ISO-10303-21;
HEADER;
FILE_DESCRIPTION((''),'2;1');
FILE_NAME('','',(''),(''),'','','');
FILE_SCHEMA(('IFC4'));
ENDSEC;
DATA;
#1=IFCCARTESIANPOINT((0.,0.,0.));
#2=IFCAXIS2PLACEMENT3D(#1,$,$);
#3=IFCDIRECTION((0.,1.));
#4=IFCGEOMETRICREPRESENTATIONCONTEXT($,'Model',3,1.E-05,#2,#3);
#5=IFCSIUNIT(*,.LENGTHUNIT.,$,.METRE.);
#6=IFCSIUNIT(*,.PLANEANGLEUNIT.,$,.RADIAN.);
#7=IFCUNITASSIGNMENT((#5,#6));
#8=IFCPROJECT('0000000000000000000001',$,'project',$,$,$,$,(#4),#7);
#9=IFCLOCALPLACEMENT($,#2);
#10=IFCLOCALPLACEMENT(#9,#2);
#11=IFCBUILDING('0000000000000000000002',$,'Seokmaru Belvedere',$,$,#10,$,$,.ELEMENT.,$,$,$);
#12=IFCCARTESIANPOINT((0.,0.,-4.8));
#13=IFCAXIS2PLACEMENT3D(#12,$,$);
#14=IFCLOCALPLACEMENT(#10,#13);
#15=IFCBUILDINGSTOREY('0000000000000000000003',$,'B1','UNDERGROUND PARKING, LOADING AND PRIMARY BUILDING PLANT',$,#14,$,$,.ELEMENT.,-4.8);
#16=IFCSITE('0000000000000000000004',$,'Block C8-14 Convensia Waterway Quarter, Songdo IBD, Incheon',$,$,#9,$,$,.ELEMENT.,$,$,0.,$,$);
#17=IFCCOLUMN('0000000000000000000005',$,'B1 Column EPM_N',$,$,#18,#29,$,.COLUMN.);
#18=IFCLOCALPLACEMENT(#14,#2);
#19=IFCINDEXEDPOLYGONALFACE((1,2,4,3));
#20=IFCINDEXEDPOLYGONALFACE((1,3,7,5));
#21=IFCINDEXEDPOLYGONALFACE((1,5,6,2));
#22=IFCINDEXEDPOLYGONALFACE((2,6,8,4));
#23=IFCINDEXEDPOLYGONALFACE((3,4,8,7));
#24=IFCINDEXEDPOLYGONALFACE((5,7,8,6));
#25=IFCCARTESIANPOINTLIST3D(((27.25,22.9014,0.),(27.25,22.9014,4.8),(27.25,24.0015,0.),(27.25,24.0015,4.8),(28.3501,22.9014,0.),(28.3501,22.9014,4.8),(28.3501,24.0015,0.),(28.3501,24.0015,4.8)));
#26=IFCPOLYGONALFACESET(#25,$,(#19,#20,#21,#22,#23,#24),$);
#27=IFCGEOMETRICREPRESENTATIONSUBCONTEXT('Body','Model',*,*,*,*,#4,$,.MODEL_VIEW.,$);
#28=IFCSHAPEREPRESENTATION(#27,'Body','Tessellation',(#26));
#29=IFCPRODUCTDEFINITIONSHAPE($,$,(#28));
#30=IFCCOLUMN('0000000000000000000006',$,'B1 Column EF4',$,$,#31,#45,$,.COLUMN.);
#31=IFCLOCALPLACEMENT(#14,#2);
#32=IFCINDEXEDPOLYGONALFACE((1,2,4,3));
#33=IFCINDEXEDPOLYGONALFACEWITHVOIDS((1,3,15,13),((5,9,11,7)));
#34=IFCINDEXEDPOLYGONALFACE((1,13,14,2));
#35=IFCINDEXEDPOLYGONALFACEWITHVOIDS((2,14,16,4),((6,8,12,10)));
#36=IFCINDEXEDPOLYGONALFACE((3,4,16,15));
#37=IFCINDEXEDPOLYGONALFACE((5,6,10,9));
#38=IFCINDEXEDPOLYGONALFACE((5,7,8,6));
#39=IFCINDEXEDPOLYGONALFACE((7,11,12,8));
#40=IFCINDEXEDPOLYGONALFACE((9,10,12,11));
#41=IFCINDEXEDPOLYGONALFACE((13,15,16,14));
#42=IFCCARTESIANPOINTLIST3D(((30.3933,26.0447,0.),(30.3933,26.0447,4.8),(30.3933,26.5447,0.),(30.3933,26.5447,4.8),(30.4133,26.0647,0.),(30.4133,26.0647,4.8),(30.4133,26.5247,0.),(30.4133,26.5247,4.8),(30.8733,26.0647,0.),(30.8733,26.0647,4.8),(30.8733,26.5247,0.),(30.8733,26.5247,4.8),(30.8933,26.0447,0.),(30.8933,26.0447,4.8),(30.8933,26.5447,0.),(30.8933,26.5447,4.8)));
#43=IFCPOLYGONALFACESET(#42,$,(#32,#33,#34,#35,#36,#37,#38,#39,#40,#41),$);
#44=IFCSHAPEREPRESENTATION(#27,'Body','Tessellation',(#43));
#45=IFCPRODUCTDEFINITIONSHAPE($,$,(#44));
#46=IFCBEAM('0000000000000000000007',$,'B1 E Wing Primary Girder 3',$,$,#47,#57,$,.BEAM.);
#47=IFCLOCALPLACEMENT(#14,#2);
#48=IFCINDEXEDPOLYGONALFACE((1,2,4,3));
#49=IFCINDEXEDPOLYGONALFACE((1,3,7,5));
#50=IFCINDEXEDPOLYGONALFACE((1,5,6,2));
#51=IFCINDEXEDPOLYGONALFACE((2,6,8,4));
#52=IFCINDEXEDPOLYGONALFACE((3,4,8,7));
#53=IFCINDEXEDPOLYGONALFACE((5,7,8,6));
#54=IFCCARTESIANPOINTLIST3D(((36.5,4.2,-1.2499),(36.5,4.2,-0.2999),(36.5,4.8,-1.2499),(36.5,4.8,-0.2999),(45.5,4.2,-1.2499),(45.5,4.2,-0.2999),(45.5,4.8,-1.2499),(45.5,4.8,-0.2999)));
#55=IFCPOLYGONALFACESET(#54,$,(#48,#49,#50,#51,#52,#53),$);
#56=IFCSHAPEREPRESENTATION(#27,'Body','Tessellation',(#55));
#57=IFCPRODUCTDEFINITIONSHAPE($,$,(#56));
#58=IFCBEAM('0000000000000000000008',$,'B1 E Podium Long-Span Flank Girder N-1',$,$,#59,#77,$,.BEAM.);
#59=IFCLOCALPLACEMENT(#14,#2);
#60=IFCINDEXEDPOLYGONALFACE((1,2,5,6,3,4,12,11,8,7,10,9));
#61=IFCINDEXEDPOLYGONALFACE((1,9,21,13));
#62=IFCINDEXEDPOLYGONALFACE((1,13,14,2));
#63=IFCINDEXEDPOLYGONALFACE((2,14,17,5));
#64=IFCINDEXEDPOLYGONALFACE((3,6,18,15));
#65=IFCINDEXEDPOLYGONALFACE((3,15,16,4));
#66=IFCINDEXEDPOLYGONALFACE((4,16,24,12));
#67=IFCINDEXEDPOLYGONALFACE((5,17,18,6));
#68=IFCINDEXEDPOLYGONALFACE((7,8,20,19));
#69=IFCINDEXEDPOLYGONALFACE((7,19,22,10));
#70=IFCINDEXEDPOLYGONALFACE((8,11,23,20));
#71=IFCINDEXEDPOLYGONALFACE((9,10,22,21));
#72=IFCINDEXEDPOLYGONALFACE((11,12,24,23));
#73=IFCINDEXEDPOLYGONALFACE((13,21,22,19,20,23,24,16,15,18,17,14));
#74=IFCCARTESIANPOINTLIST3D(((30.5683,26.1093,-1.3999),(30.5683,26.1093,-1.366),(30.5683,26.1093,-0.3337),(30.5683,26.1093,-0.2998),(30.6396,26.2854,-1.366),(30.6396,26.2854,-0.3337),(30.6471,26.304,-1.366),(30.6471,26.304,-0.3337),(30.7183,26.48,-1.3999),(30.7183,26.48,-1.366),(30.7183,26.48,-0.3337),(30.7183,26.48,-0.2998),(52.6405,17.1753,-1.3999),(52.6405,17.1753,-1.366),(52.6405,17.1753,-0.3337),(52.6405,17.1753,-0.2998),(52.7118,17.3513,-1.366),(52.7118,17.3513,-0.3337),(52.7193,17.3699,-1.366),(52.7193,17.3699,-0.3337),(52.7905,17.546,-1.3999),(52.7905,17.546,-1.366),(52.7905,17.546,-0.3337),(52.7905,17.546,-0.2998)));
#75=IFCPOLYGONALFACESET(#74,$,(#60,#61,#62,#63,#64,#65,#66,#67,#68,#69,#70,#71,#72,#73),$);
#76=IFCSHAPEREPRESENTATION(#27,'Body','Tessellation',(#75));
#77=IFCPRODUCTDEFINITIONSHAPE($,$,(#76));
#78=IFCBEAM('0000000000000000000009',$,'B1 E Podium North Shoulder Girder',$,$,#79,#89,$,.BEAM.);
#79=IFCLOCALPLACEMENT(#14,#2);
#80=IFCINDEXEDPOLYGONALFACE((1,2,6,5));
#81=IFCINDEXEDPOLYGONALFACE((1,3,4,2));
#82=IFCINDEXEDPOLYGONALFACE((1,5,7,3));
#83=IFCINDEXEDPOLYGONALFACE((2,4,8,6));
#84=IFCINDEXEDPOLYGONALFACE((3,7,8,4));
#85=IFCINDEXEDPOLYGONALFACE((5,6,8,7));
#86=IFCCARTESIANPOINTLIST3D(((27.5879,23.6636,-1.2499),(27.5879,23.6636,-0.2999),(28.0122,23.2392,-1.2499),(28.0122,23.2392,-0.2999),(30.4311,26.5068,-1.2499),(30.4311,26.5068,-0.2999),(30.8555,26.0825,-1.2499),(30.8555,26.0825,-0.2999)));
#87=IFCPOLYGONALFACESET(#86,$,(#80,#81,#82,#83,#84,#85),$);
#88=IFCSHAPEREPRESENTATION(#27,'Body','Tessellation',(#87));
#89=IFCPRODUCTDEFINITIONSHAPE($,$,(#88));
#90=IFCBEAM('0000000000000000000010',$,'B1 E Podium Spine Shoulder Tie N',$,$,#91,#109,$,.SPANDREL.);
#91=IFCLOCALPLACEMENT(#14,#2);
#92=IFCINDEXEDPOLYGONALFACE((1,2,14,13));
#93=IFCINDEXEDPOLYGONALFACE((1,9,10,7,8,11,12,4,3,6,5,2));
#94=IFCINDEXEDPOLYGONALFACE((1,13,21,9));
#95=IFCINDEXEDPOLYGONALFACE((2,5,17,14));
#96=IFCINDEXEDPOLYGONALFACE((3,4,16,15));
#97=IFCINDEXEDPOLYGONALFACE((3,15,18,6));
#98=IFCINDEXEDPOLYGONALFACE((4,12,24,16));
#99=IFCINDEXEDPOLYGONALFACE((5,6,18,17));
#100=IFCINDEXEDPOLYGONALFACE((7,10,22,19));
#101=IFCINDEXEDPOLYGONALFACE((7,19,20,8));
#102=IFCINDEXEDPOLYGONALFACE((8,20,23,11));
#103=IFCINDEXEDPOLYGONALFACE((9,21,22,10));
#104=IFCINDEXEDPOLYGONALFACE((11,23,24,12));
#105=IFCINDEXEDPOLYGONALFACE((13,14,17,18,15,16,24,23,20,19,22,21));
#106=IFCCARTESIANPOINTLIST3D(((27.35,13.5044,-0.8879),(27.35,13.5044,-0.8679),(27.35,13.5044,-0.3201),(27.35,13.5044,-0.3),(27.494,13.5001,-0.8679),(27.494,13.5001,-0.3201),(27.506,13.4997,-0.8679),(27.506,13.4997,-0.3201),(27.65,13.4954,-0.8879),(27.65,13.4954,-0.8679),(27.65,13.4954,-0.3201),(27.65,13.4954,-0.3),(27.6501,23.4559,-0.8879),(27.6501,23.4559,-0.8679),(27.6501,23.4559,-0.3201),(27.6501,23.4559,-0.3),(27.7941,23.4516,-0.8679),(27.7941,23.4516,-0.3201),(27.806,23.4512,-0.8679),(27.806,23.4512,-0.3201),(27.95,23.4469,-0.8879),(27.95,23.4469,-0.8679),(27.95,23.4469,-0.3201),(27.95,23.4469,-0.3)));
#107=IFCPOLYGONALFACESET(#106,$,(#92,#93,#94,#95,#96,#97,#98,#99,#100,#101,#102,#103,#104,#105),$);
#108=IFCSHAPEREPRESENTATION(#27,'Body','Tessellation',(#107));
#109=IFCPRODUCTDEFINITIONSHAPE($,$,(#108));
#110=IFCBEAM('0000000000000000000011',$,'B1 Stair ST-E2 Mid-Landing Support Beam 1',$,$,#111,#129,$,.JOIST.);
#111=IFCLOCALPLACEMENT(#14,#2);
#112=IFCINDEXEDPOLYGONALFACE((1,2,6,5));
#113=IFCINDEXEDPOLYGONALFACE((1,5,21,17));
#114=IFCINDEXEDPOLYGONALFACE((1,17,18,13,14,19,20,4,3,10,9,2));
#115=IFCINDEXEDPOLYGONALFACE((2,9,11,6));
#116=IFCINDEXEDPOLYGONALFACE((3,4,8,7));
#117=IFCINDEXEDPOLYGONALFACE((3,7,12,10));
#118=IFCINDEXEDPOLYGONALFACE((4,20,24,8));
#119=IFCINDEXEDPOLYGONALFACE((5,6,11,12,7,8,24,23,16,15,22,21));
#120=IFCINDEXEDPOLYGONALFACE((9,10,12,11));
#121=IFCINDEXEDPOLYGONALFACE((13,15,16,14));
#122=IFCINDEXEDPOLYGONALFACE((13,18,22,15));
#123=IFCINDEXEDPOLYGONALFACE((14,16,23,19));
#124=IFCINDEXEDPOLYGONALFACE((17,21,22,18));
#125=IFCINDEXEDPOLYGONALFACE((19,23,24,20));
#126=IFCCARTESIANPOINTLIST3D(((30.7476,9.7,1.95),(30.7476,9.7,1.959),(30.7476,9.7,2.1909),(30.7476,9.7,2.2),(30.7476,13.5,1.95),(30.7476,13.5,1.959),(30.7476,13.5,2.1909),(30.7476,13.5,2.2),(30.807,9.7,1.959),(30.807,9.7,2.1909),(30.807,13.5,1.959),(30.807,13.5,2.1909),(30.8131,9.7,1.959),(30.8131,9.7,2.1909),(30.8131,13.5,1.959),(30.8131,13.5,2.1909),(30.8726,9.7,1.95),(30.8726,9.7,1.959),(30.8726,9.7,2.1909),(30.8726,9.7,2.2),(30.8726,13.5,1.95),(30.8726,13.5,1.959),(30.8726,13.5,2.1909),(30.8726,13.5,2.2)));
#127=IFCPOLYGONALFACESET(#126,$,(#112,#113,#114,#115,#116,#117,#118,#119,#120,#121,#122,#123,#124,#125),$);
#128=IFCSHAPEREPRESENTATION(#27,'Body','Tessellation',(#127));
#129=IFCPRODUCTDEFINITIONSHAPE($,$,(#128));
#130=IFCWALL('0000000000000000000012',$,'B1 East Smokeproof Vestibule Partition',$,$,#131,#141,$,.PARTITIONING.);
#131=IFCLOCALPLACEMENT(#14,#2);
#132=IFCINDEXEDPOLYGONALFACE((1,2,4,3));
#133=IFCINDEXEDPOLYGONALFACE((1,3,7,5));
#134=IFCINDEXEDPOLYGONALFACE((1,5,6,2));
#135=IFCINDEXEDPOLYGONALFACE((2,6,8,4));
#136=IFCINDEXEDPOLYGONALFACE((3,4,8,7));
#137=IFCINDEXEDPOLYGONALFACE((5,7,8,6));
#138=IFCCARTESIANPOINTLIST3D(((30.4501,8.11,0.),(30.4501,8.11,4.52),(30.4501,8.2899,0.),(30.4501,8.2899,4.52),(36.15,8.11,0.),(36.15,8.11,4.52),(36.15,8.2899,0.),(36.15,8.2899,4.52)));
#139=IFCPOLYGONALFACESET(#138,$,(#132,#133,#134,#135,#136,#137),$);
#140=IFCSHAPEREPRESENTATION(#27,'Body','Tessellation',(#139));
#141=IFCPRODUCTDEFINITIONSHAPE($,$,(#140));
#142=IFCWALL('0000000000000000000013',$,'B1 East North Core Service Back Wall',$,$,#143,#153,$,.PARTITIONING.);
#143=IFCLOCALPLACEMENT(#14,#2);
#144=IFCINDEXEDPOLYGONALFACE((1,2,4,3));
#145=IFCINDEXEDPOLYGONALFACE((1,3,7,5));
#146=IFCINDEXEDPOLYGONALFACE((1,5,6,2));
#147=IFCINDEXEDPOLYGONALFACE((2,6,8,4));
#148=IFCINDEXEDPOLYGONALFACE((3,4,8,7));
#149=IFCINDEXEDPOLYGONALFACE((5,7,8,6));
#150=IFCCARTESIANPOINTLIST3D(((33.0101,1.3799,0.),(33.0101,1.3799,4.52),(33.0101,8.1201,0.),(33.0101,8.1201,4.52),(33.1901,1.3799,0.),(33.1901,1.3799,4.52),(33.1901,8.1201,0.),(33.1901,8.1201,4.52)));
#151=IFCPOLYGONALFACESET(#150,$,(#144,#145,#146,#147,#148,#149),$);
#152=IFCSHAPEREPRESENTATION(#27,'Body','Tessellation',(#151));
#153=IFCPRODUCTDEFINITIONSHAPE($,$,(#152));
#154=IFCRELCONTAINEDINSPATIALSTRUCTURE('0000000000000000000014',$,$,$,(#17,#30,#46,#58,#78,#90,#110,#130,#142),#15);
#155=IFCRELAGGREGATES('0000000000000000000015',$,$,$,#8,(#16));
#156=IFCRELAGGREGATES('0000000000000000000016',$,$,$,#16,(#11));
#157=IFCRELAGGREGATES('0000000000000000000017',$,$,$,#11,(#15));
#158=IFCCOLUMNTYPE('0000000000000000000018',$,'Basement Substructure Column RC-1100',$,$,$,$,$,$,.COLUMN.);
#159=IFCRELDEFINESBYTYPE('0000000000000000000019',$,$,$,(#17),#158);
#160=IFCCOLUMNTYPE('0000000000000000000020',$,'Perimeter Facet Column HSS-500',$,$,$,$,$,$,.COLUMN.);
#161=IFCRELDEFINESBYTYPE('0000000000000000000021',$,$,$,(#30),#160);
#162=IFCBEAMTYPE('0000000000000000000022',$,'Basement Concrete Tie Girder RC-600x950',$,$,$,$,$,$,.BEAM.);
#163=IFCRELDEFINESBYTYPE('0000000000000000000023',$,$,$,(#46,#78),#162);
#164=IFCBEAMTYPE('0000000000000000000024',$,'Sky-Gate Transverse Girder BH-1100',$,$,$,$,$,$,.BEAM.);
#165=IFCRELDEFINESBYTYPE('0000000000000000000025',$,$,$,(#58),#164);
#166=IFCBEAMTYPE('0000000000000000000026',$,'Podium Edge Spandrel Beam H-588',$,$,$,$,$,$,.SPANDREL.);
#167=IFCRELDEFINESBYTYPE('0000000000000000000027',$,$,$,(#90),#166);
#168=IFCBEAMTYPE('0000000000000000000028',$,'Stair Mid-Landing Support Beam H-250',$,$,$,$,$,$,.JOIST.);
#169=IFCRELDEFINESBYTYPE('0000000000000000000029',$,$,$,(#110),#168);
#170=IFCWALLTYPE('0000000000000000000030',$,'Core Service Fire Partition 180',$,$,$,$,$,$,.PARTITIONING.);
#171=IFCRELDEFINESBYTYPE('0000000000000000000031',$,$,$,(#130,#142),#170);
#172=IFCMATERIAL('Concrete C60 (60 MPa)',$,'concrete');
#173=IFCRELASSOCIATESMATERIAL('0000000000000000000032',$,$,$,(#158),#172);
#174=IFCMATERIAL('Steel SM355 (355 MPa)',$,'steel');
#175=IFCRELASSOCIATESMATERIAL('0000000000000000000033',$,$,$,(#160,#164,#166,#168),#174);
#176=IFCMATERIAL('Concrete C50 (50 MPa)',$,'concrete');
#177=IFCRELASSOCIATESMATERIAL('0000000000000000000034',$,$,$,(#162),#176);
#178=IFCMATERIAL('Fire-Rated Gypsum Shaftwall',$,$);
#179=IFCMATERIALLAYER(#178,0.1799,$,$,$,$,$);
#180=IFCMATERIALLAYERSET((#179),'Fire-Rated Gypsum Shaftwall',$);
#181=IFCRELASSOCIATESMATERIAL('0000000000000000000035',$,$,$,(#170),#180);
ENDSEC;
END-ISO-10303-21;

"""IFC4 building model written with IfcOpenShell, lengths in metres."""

from ifc_helpers import new_model, si_unit, direction, frame, frame_2d, origin, origin_2d, place, context, subcontext, project, spatial, rectangle, hollow_rectangle, i_section, extrude, source, transform, mapped, material, layer, layer_set, material_profile, profile_set, type_object, type_shapes, element, save


model = new_model("IFC4")

# Units and contexts
model_context = context("Model", 3, precision=1e-05, world=origin(), true_north=direction((0.0, 1.0)))
body_context = subcontext(model_context, "Body", "Model", "MODEL_VIEW")
ifc_project = project(units=[si_unit("LENGTHUNIT", "METRE"), si_unit("PLANEANGLEUNIT", "RADIAN")], contexts=[model_context])

# Site, building, storey
site_placement = place(None, origin())
site = spatial("IfcSite", under=ifc_project, at=site_placement, Name="Block C8-14 Convensia Waterway Quarter, Songdo IBD, Incheon", CompositionType="ELEMENT", RefElevation=0.0)
building_placement = place(site_placement, origin())
building = spatial("IfcBuilding", under=site, at=building_placement, Name="Seokmaru Belvedere", CompositionType="ELEMENT")
storey_placement = place(building_placement, frame((0.0, 0.0, -4.8)))
storey = spatial("IfcBuildingStorey", under=building, at=storey_placement, Name="B1", Description="UNDERGROUND PARKING, LOADING AND PRIMARY BUILDING PLANT", CompositionType="ELEMENT", Elevation=-4.8)

# Columns
ifc_material_1 = material(Name="Concrete C60 (60 MPa)", Category="concrete")
ifc_material_profile_1 = material_profile(ifc_material_1, rectangle(XDim=1.1001, YDim=1.1001, at=origin_2d()), Name="RC-1100x1100")
ifc_profile_set_1 = profile_set([ifc_material_profile_1], Name="Concrete C60 (60 MPa)")
column_type_1 = type_object("IfcColumnType", Name="Basement Substructure Column RC-1100", PredefinedType="COLUMN", material=ifc_profile_set_1)
shared_shape_1 = source(origin(), body_context, "Body", "SweptSolid", [
    extrude(rectangle(XDim=1.1001, YDim=1.1001, at=origin_2d()), origin(), (0.0, 0.0, 1.0), 4.8),
])
type_shapes(column_type_1, [shared_shape_1])
column_1_placement = place(storey_placement, frame((27.8, 23.4514, 0.0), z_axis=(0.0, 0.0, 1.0), x_axis=(1.0, 0.0, 0.0)))
element("IfcColumn", 1, at=column_1_placement, inside=storey, type_object=column_type_1, Name="B1 Column EPM_N", PredefinedType="COLUMN", context=body_context, shape_type="MappedRepresentation", body=[
    mapped(shared_shape_1, transform((0.0, 0.0, 0.0), scale=1.0)),
])
ifc_material_2 = material(Name="Steel SM355 (355 MPa)", Category="steel")
ifc_material_profile_2 = material_profile(ifc_material_2, hollow_rectangle(XDim=0.5, YDim=0.5, WallThickness=0.02, at=origin_2d()), Name="HSS-500x500x20")
ifc_profile_set_2 = profile_set([ifc_material_profile_2], Name="Steel SM355 (355 MPa)")
column_type_2 = type_object("IfcColumnType", Name="Perimeter Facet Column HSS-500", PredefinedType="COLUMN", material=ifc_profile_set_2)
shared_shape_2 = source(origin(), body_context, "Body", "SweptSolid", [
    extrude(hollow_rectangle(XDim=0.5, YDim=0.5, WallThickness=0.02, at=origin_2d()), origin(), (0.0, 0.0, 1.0), 4.8),
])
type_shapes(column_type_2, [shared_shape_2])
column_2_placement = place(storey_placement, frame((30.6433, 26.2947, 0.0), z_axis=(0.0, 0.0, 1.0), x_axis=(1.0, 0.0, 0.0)))
element("IfcColumn", 2, at=column_2_placement, inside=storey, type_object=column_type_2, Name="B1 Column EF4", PredefinedType="COLUMN", context=body_context, shape_type="MappedRepresentation", body=[
    mapped(shared_shape_2, transform((0.0, 0.0, 0.0), scale=1.0)),
])

# Beams
ifc_material_3 = material(Name="Concrete C50 (50 MPa)", Category="concrete")
ifc_material_profile_3 = material_profile(ifc_material_3, rectangle(XDim=0.6001, YDim=0.95, at=origin_2d()), Name="RC-600x950")
ifc_profile_set_3 = profile_set([ifc_material_profile_3], Name="Concrete C50 (50 MPa)")
beam_type_1 = type_object("IfcBeamType", Name="Basement Concrete Tie Girder RC-600x950", PredefinedType="BEAM", material=ifc_profile_set_3)
shared_shape_3 = source(origin(), body_context, "Body", "SweptSolid", [
    extrude(rectangle(XDim=0.6001, YDim=0.95, at=origin_2d()), origin(), (0.0, 0.0, 1.0), 9.0),
])
beam_1_placement = place(storey_placement, frame((36.5, 4.5, -0.7749), z_axis=(1.0, 0.0, 0.0), x_axis=(0.0, 1.0, 0.0)))
element("IfcBeam", 3, at=beam_1_placement, inside=storey, type_object=beam_type_1, Name="B1 E Wing Primary Girder 3", PredefinedType="BEAM", context=body_context, shape_type="MappedRepresentation", body=[
    mapped(shared_shape_3, transform((0.0, 0.0, 0.0), scale=1.0)),
])
ifc_material_profile_4 = material_profile(ifc_material_2, i_section(OverallWidth=0.3999, OverallDepth=1.1001, WebThickness=0.02, FlangeThickness=0.0339, at=origin_2d()), Name="BH-1100x400x20x34")
ifc_profile_set_4 = profile_set([ifc_material_profile_4], Name="Steel SM355 (355 MPa)")
beam_type_2 = type_object("IfcBeamType", Name="Sky-Gate Transverse Girder BH-1100", PredefinedType="BEAM", material=ifc_profile_set_4)
shared_shape_4 = source(origin(), body_context, "Body", "SweptSolid", [
    extrude(i_section(OverallWidth=0.3999, OverallDepth=1.1001, WebThickness=0.02, FlangeThickness=0.0339, at=origin_2d()), origin(), (0.0, 0.0, 1.0), 23.8118),
])
type_shapes(beam_type_2, [shared_shape_4])
beam_2_placement = place(storey_placement, frame((30.6433, 26.2947, -0.8499), z_axis=(0.926946, -0.375195, 0.0), x_axis=(0.375195, 0.926946, 0.0)))
element("IfcBeam", 4, at=beam_2_placement, inside=storey, type_object=beam_type_2, Name="B1 E Podium Long-Span Flank Girder N-1", PredefinedType="BEAM", context=body_context, shape_type="MappedRepresentation", body=[
    mapped(shared_shape_4, transform((0.0, 0.0, 0.0), scale=1.0)),
])
shared_shape_5 = source(origin(), body_context, "Body", "SweptSolid", [
    extrude(rectangle(XDim=0.6001, YDim=0.95, at=origin_2d()), origin(), (0.0, 0.0, 1.0), 4.021),
])
type_shapes(beam_type_1, [shared_shape_3, shared_shape_5])
beam_3_placement = place(storey_placement, frame((30.6433, 26.2947, -0.7749), z_axis=(-0.707107, -0.707107, 0.0), x_axis=(0.707107, -0.707107, 0.0)))
element("IfcBeam", 5, at=beam_3_placement, inside=storey, type_object=beam_type_1, Name="B1 E Podium North Shoulder Girder", PredefinedType="BEAM", context=body_context, shape_type="MappedRepresentation", body=[
    mapped(shared_shape_5, transform((0.0, 0.0, 0.0), scale=1.0)),
])
ifc_material_profile_5 = material_profile(ifc_material_2, i_section(OverallWidth=0.3, OverallDepth=0.5879, WebThickness=0.012, FlangeThickness=0.02, at=origin_2d()), Name="H-588x300x12x20")
ifc_profile_set_5 = profile_set([ifc_material_profile_5], Name="Steel SM355 (355 MPa)")
beam_type_3 = type_object("IfcBeamType", Name="Podium Edge Spandrel Beam H-588", PredefinedType="SPANDREL", material=ifc_profile_set_5)
shared_shape_6 = source(origin(), body_context, "Body", "SweptSolid", [
    extrude(i_section(OverallWidth=0.3, OverallDepth=0.5879, WebThickness=0.012, FlangeThickness=0.02, at=origin_2d()), origin(), (0.0, 0.0, 1.0), 9.9561),
])
type_shapes(beam_type_3, [shared_shape_6])
beam_4_placement = place(storey_placement, frame((27.8, 23.4514, -0.594), z_axis=(-0.030138, -0.999546, 0.0), x_axis=(0.999546, -0.030138, 0.0)))
element("IfcBeam", 6, at=beam_4_placement, inside=storey, type_object=beam_type_3, Name="B1 E Podium Spine Shoulder Tie N", PredefinedType="SPANDREL", context=body_context, shape_type="MappedRepresentation", body=[
    mapped(shared_shape_6, transform((0.0, 0.0, 0.0), scale=1.0)),
])
ifc_material_profile_6 = material_profile(ifc_material_2, i_section(OverallWidth=0.125, OverallDepth=0.25, WebThickness=0.0061, FlangeThickness=0.009, at=origin_2d()), Name="H-250x125x6x9")
ifc_profile_set_6 = profile_set([ifc_material_profile_6], Name="Steel SM355 (355 MPa)")
beam_type_4 = type_object("IfcBeamType", Name="Stair Mid-Landing Support Beam H-250", PredefinedType="JOIST", material=ifc_profile_set_6)
shared_shape_7 = source(origin(), body_context, "Body", "SweptSolid", [
    extrude(i_section(OverallWidth=0.125, OverallDepth=0.25, WebThickness=0.0061, FlangeThickness=0.009, at=origin_2d()), origin(), (0.0, 0.0, 1.0), 3.8),
])
type_shapes(beam_type_4, [shared_shape_7])
beam_5_placement = place(storey_placement, frame((30.8101, 9.7, 2.075), z_axis=(0.0, 1.0, 0.0), x_axis=(-1.0, 0.0, 0.0)))
element("IfcBeam", 7, at=beam_5_placement, inside=storey, type_object=beam_type_4, Name="B1 Stair ST-E2 Mid-Landing Support Beam 1", PredefinedType="JOIST", context=body_context, shape_type="MappedRepresentation", body=[
    mapped(shared_shape_7, transform((0.0, 0.0, 0.0), scale=1.0)),
])

# Walls
ifc_material_4 = material(Name="Fire-Rated Gypsum Shaftwall")
ifc_layer_1 = layer(ifc_material_4, 0.1799)
ifc_layer_set_1 = layer_set([ifc_layer_1], Name="Fire-Rated Gypsum Shaftwall")
wall_type_1 = type_object("IfcWallType", Name="Core Service Fire Partition 180", PredefinedType="PARTITIONING", material=ifc_layer_set_1)
wall_1_placement = place(storey_placement, frame((30.45, 8.2, 0.0), z_axis=(0.0, 0.0, 1.0), x_axis=(1.0, 0.0, 0.0)))
element("IfcWall", 8, at=wall_1_placement, inside=storey, type_object=wall_type_1, Name="B1 East Smokeproof Vestibule Partition", PredefinedType="PARTITIONING", context=body_context, shape_type="SweptSolid", body=[
    extrude(rectangle(XDim=5.7, YDim=0.1799, at=frame_2d((2.8501, 0.0))), origin(), (0.0, 0.0, 1.0), 4.52),
])
wall_2_placement = place(storey_placement, frame((33.1001, 1.3799, 0.0), z_axis=(0.0, 0.0, 1.0), x_axis=(0.0, 1.0, 0.0)))
element("IfcWall", 9, at=wall_2_placement, inside=storey, type_object=wall_type_1, Name="B1 East North Core Service Back Wall", PredefinedType="PARTITIONING", context=body_context, shape_type="SweptSolid", body=[
    extrude(rectangle(XDim=6.7402, YDim=0.1799, at=frame_2d((3.3701, 0.0))), origin(), (0.0, 0.0, 1.0), 4.52),
])

save(model, "model.ifc")
